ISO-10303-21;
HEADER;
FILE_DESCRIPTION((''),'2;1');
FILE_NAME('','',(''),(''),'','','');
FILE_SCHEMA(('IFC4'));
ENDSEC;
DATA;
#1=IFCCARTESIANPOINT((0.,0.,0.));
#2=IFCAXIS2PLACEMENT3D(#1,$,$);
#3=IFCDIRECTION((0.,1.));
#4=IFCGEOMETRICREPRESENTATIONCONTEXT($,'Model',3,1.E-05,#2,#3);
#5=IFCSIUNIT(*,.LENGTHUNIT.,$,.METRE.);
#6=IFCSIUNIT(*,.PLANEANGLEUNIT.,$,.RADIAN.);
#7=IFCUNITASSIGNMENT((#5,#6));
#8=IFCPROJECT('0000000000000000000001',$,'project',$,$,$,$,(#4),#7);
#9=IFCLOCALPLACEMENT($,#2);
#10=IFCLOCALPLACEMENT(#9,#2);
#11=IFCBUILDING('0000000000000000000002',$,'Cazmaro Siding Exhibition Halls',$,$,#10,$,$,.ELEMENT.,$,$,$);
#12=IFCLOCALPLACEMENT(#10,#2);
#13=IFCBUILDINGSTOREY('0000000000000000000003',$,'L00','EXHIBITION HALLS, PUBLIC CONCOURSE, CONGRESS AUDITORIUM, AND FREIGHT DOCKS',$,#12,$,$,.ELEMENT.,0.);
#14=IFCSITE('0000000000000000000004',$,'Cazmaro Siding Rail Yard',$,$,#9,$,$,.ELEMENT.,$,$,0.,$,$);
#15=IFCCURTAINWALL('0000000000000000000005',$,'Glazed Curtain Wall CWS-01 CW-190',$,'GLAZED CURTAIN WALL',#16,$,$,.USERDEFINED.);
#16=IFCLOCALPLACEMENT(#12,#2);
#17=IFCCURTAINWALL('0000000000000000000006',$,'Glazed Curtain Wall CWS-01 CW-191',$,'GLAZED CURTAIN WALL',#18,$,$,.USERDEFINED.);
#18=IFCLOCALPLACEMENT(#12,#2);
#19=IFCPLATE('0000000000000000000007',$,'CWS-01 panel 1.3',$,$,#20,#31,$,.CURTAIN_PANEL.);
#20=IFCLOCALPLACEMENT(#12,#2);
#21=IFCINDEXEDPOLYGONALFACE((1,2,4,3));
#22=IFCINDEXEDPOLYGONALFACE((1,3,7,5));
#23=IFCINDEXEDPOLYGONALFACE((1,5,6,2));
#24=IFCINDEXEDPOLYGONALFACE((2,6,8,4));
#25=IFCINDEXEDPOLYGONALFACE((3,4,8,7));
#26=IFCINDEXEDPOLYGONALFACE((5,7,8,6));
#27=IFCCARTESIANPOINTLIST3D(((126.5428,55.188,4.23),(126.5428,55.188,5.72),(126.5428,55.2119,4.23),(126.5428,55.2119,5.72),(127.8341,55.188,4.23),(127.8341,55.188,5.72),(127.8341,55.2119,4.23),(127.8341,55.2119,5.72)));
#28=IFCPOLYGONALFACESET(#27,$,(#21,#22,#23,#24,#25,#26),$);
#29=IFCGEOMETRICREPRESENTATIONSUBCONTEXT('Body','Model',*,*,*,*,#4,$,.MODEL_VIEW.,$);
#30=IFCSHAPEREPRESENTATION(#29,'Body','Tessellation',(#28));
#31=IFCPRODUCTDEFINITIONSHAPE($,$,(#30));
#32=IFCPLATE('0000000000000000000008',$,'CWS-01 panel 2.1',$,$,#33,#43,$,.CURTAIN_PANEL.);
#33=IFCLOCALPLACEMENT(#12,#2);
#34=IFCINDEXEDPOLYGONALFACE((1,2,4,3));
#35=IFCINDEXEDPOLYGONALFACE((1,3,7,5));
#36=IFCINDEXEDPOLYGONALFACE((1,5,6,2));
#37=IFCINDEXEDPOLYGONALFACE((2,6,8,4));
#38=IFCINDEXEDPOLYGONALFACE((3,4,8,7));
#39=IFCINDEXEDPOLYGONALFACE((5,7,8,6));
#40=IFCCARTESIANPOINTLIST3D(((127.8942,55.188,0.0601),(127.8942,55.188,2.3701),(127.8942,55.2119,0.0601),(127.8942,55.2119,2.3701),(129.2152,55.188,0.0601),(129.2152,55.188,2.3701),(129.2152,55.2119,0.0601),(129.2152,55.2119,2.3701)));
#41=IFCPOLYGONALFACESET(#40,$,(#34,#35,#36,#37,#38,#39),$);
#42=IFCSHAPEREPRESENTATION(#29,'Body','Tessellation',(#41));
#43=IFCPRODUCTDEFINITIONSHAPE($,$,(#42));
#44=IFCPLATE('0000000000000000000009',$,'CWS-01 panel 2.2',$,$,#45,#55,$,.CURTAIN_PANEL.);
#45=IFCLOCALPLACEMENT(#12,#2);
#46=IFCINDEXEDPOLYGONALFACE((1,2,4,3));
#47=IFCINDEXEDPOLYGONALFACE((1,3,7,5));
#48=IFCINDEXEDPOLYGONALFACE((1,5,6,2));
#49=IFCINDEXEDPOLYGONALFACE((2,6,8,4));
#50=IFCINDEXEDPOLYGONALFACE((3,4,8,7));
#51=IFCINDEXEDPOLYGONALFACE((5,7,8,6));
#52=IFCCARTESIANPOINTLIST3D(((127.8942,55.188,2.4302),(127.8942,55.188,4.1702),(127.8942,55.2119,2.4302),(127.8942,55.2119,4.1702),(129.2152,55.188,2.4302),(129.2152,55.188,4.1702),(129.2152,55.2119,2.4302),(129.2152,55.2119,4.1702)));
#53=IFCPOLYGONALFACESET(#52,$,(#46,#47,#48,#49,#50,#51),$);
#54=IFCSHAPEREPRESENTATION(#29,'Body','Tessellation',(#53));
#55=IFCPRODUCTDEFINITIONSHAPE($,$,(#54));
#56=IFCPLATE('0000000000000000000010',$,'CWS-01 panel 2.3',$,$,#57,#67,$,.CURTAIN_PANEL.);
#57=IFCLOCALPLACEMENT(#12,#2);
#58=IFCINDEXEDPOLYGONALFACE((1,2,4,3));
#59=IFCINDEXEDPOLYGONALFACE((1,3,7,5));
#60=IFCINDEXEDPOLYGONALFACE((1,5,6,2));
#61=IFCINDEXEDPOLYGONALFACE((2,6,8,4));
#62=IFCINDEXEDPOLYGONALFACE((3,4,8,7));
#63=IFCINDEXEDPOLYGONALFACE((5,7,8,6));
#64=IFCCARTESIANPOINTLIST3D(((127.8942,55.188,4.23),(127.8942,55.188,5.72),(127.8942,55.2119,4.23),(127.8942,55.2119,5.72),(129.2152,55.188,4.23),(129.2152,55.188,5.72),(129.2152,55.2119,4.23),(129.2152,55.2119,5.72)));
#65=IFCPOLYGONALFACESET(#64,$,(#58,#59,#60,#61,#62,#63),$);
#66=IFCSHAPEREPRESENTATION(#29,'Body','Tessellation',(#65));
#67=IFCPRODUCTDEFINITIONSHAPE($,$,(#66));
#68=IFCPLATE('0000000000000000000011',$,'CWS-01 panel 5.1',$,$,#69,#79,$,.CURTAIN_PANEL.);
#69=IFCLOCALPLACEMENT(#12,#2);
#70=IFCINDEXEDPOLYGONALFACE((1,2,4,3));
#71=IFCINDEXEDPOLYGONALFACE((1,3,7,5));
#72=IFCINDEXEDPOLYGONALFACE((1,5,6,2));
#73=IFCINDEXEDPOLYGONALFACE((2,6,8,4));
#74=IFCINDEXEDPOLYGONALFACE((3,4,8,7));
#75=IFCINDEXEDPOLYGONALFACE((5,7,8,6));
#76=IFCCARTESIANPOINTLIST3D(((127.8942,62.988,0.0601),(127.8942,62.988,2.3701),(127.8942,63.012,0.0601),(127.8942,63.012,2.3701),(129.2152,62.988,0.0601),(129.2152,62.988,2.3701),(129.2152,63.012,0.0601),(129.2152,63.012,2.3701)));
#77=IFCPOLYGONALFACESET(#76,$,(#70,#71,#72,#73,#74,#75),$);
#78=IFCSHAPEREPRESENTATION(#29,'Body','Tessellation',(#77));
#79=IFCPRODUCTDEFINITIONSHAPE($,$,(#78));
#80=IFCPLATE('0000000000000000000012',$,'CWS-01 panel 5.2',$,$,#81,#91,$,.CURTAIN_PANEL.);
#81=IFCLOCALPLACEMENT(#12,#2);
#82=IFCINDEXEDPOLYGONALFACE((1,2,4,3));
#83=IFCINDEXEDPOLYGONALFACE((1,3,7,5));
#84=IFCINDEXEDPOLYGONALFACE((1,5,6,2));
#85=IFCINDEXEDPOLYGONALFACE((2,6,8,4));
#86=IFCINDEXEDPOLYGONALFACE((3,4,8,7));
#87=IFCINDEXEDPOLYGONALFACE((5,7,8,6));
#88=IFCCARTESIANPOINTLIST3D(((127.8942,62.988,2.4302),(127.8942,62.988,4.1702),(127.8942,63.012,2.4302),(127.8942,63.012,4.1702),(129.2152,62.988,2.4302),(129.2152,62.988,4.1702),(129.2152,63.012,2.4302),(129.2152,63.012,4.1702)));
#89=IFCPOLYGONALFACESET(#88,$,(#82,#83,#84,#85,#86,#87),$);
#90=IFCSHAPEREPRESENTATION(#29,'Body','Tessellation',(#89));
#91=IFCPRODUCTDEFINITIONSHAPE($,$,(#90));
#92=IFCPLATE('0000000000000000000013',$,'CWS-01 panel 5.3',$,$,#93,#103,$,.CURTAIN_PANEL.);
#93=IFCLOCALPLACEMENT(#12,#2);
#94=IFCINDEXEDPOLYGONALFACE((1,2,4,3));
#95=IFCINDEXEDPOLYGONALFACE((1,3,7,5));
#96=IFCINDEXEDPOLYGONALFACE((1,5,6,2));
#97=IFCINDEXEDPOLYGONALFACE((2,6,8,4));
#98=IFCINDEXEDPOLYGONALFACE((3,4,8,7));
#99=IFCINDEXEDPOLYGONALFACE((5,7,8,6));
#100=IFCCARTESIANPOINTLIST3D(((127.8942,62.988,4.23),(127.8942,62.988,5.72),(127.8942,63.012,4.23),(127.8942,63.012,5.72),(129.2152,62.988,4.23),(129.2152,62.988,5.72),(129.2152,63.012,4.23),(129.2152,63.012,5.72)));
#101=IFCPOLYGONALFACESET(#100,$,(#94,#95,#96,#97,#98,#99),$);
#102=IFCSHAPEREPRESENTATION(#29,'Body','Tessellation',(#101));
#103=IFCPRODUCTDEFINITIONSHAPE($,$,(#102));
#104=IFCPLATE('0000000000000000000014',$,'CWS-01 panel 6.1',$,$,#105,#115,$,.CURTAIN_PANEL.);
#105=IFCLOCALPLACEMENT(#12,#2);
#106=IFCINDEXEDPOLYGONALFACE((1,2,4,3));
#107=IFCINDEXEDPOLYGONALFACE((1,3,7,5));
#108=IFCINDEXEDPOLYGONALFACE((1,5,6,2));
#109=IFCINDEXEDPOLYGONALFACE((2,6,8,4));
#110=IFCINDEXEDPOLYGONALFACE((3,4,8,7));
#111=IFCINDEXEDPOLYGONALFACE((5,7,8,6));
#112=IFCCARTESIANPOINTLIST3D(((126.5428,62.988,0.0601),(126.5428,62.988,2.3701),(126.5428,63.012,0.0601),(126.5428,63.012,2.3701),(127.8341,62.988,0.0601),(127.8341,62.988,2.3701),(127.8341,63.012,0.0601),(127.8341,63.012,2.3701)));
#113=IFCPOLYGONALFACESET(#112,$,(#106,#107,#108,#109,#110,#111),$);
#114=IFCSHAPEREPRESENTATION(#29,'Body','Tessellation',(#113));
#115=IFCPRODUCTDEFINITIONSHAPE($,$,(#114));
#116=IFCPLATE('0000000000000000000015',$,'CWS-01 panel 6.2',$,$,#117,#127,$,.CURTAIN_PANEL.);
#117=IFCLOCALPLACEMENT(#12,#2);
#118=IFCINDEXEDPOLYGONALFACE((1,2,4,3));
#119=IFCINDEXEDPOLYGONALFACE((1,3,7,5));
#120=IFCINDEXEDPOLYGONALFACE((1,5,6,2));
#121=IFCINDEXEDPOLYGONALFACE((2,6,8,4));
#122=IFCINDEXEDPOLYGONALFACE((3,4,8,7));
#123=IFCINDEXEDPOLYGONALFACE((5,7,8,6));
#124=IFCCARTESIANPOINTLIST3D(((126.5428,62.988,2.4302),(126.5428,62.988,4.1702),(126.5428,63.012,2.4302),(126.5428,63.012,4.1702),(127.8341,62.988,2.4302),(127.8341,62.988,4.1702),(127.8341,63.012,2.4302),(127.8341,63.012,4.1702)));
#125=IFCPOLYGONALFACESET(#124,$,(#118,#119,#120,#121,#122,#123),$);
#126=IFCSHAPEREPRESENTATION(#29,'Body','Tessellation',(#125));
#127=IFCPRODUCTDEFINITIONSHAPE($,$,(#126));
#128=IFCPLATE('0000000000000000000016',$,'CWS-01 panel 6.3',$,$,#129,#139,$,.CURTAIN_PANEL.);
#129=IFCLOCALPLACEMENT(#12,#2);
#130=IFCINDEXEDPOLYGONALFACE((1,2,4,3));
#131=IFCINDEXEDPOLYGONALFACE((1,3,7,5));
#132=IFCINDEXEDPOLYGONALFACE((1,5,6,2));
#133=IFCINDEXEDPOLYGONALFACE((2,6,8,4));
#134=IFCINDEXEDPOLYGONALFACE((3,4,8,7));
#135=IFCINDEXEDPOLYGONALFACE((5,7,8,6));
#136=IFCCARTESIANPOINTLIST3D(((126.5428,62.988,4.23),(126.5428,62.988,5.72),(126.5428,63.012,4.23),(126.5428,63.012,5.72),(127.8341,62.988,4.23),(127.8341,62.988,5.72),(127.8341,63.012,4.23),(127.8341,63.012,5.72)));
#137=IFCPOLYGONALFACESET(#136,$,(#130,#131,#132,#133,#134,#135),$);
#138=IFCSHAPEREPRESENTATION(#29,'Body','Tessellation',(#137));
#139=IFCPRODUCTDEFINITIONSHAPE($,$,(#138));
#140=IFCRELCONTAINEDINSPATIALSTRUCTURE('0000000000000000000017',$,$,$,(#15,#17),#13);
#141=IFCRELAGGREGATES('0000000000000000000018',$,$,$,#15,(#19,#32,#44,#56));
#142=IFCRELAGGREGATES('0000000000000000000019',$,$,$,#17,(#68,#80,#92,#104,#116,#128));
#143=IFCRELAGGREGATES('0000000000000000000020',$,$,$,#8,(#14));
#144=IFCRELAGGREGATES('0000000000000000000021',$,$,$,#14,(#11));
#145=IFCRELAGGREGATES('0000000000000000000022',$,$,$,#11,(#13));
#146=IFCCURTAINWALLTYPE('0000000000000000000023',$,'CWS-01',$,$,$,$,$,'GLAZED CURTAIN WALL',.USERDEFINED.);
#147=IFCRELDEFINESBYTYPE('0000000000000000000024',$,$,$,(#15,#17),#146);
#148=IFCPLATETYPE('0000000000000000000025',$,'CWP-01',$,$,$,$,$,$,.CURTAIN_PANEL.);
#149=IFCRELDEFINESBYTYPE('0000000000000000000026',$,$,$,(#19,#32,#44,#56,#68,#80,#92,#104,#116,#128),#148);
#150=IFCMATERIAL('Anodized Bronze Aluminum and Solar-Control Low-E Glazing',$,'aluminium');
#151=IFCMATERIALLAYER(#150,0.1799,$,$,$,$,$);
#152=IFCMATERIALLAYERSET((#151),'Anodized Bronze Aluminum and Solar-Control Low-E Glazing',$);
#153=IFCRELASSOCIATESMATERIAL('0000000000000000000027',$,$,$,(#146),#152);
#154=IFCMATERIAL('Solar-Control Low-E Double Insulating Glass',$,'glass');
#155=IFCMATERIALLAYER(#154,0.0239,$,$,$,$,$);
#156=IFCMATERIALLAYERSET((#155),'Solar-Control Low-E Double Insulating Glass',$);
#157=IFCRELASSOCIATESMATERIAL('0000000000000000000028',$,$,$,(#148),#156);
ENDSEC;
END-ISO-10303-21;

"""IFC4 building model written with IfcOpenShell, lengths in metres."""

from ifc_helpers import new_model, si_unit, direction, frame, origin, origin_2d, place, context, subcontext, project, spatial, rectangle, extrude, material, layer, layer_set, type_object, element, aggregate, save


model = new_model("IFC4")

# Units and contexts
model_context = context("Model", 3, precision=1e-05, world=origin(), true_north=direction((0.0, 1.0)))
body_context = subcontext(model_context, "Body", "Model", "MODEL_VIEW")
ifc_project = project(units=[si_unit("LENGTHUNIT", "METRE"), si_unit("PLANEANGLEUNIT", "RADIAN")], contexts=[model_context])

# Site, building, storey
site_placement = place(None, origin())
site = spatial("IfcSite", under=ifc_project, at=site_placement, Name="Cazmaro Siding Rail Yard", CompositionType="ELEMENT", RefElevation=0.0)
building_placement = place(site_placement, origin())
building = spatial("IfcBuilding", under=site, at=building_placement, Name="Cazmaro Siding Exhibition Halls", CompositionType="ELEMENT")
storey_placement = place(building_placement, origin())
storey = spatial("IfcBuildingStorey", under=building, at=storey_placement, Name="L00", Description="EXHIBITION HALLS, PUBLIC CONCOURSE, CONGRESS AUDITORIUM, AND FREIGHT DOCKS", CompositionType="ELEMENT", Elevation=0.0)

# Curtain walls
ifc_material_1 = material(Name="Anodized Bronze Aluminum and Solar-Control Low-E Glazing", Category="aluminium")
ifc_layer_1 = layer(ifc_material_1, 0.1799)
ifc_layer_set_1 = layer_set([ifc_layer_1], Name="Anodized Bronze Aluminum and Solar-Control Low-E Glazing")
curtain_wall_type = type_object("IfcCurtainWallType", Name="CWS-01", ElementType="GLAZED CURTAIN WALL", PredefinedType="USERDEFINED", material=ifc_layer_set_1)
curtain_wall_1_placement = place(storey_placement, origin())
curtain_wall_1 = element("IfcCurtainWall", 1, at=curtain_wall_1_placement, inside=storey, type_object=curtain_wall_type, Name="Glazed Curtain Wall CWS-01 CW-190", ObjectType="GLAZED CURTAIN WALL", PredefinedType="USERDEFINED")
curtain_wall_2_placement = place(storey_placement, origin())
curtain_wall_2 = element("IfcCurtainWall", 2, at=curtain_wall_2_placement, inside=storey, type_object=curtain_wall_type, Name="Glazed Curtain Wall CWS-01 CW-191", ObjectType="GLAZED CURTAIN WALL", PredefinedType="USERDEFINED")

# Plates
ifc_material_2 = material(Name="Solar-Control Low-E Double Insulating Glass", Category="glass")
ifc_layer_2 = layer(ifc_material_2, 0.0239)
ifc_layer_set_2 = layer_set([ifc_layer_2], Name="Solar-Control Low-E Double Insulating Glass")
plate_type = type_object("IfcPlateType", Name="CWP-01", PredefinedType="CURTAIN_PANEL", material=ifc_layer_set_2)
plate_1_placement = place(storey_placement, frame((127.1885, 55.2, 4.23), z_axis=(0.0, 0.0, 1.0), x_axis=(1.0, 0.0, 0.0)))
plate_1 = element("IfcPlate", 3, at=plate_1_placement, type_object=plate_type, Name="CWS-01 panel 1.3", PredefinedType="CURTAIN_PANEL", context=body_context, shape_type="SweptSolid", body=[
    extrude(rectangle(XDim=1.2913, YDim=0.0239, at=origin_2d()), origin(), (0.0, 0.0, 1.0), 1.49),
])
plate_2_placement = place(storey_placement, frame((128.5547, 55.2, 0.0601), z_axis=(0.0, 0.0, 1.0), x_axis=(1.0, 0.0, 0.0)))
plate_2 = element("IfcPlate", 4, at=plate_2_placement, type_object=plate_type, Name="CWS-01 panel 2.1", PredefinedType="CURTAIN_PANEL", context=body_context, shape_type="SweptSolid", body=[
    extrude(rectangle(XDim=1.321, YDim=0.0239, at=origin_2d()), origin(), (0.0, 0.0, 1.0), 2.3101),
])
plate_3_placement = place(storey_placement, frame((128.5547, 55.2, 2.4302), z_axis=(0.0, 0.0, 1.0), x_axis=(1.0, 0.0, 0.0)))
plate_3 = element("IfcPlate", 5, at=plate_3_placement, type_object=plate_type, Name="CWS-01 panel 2.2", PredefinedType="CURTAIN_PANEL", context=body_context, shape_type="SweptSolid", body=[
    extrude(rectangle(XDim=1.321, YDim=0.0239, at=origin_2d()), origin(), (0.0, 0.0, 1.0), 1.74),
])
plate_4_placement = place(storey_placement, frame((128.5547, 55.2, 4.23), z_axis=(0.0, 0.0, 1.0), x_axis=(1.0, 0.0, 0.0)))
plate_4 = element("IfcPlate", 6, at=plate_4_placement, type_object=plate_type, Name="CWS-01 panel 2.3", PredefinedType="CURTAIN_PANEL", context=body_context, shape_type="SweptSolid", body=[
    extrude(rectangle(XDim=1.321, YDim=0.0239, at=origin_2d()), origin(), (0.0, 0.0, 1.0), 1.49),
])
aggregate(curtain_wall_1, [plate_1, plate_2, plate_3, plate_4])
plate_5_placement = place(storey_placement, frame((128.5547, 63.0, 0.0601), z_axis=(0.0, 0.0, 1.0), x_axis=(-1.0, 0.0, 0.0)))
plate_5 = element("IfcPlate", 7, at=plate_5_placement, type_object=plate_type, Name="CWS-01 panel 5.1", PredefinedType="CURTAIN_PANEL", context=body_context, shape_type="SweptSolid", body=[
    extrude(rectangle(XDim=1.321, YDim=0.0239, at=origin_2d()), origin(), (0.0, 0.0, 1.0), 2.3101),
])
plate_6_placement = place(storey_placement, frame((128.5547, 63.0, 2.4302), z_axis=(0.0, 0.0, 1.0), x_axis=(-1.0, 0.0, 0.0)))
plate_6 = element("IfcPlate", 8, at=plate_6_placement, type_object=plate_type, Name="CWS-01 panel 5.2", PredefinedType="CURTAIN_PANEL", context=body_context, shape_type="SweptSolid", body=[
    extrude(rectangle(XDim=1.321, YDim=0.0239, at=origin_2d()), origin(), (0.0, 0.0, 1.0), 1.74),
])
plate_7_placement = place(storey_placement, frame((128.5547, 63.0, 4.23), z_axis=(0.0, 0.0, 1.0), x_axis=(-1.0, 0.0, 0.0)))
plate_7 = element("IfcPlate", 9, at=plate_7_placement, type_object=plate_type, Name="CWS-01 panel 5.3", PredefinedType="CURTAIN_PANEL", context=body_context, shape_type="SweptSolid", body=[
    extrude(rectangle(XDim=1.321, YDim=0.0239, at=origin_2d()), origin(), (0.0, 0.0, 1.0), 1.49),
])
plate_8_placement = place(storey_placement, frame((127.1885, 63.0, 0.0601), z_axis=(0.0, 0.0, 1.0), x_axis=(-1.0, 0.0, 0.0)))
plate_8 = element("IfcPlate", 10, at=plate_8_placement, type_object=plate_type, Name="CWS-01 panel 6.1", PredefinedType="CURTAIN_PANEL", context=body_context, shape_type="SweptSolid", body=[
    extrude(rectangle(XDim=1.2913, YDim=0.0239, at=origin_2d()), origin(), (0.0, 0.0, 1.0), 2.3101),
])
plate_9_placement = place(storey_placement, frame((127.1885, 63.0, 2.4302), z_axis=(0.0, 0.0, 1.0), x_axis=(-1.0, 0.0, 0.0)))
plate_9 = element("IfcPlate", 11, at=plate_9_placement, type_object=plate_type, Name="CWS-01 panel 6.2", PredefinedType="CURTAIN_PANEL", context=body_context, shape_type="SweptSolid", body=[
    extrude(rectangle(XDim=1.2913, YDim=0.0239, at=origin_2d()), origin(), (0.0, 0.0, 1.0), 1.74),
])
plate_10_placement = place(storey_placement, frame((127.1885, 63.0, 4.23), z_axis=(0.0, 0.0, 1.0), x_axis=(-1.0, 0.0, 0.0)))
plate_10 = element("IfcPlate", 12, at=plate_10_placement, type_object=plate_type, Name="CWS-01 panel 6.3", PredefinedType="CURTAIN_PANEL", context=body_context, shape_type="SweptSolid", body=[
    extrude(rectangle(XDim=1.2913, YDim=0.0239, at=origin_2d()), origin(), (0.0, 0.0, 1.0), 1.49),
])
aggregate(curtain_wall_2, [plate_5, plate_6, plate_7, plate_8, plate_9, plate_10])

save(model, "model.ifc")
